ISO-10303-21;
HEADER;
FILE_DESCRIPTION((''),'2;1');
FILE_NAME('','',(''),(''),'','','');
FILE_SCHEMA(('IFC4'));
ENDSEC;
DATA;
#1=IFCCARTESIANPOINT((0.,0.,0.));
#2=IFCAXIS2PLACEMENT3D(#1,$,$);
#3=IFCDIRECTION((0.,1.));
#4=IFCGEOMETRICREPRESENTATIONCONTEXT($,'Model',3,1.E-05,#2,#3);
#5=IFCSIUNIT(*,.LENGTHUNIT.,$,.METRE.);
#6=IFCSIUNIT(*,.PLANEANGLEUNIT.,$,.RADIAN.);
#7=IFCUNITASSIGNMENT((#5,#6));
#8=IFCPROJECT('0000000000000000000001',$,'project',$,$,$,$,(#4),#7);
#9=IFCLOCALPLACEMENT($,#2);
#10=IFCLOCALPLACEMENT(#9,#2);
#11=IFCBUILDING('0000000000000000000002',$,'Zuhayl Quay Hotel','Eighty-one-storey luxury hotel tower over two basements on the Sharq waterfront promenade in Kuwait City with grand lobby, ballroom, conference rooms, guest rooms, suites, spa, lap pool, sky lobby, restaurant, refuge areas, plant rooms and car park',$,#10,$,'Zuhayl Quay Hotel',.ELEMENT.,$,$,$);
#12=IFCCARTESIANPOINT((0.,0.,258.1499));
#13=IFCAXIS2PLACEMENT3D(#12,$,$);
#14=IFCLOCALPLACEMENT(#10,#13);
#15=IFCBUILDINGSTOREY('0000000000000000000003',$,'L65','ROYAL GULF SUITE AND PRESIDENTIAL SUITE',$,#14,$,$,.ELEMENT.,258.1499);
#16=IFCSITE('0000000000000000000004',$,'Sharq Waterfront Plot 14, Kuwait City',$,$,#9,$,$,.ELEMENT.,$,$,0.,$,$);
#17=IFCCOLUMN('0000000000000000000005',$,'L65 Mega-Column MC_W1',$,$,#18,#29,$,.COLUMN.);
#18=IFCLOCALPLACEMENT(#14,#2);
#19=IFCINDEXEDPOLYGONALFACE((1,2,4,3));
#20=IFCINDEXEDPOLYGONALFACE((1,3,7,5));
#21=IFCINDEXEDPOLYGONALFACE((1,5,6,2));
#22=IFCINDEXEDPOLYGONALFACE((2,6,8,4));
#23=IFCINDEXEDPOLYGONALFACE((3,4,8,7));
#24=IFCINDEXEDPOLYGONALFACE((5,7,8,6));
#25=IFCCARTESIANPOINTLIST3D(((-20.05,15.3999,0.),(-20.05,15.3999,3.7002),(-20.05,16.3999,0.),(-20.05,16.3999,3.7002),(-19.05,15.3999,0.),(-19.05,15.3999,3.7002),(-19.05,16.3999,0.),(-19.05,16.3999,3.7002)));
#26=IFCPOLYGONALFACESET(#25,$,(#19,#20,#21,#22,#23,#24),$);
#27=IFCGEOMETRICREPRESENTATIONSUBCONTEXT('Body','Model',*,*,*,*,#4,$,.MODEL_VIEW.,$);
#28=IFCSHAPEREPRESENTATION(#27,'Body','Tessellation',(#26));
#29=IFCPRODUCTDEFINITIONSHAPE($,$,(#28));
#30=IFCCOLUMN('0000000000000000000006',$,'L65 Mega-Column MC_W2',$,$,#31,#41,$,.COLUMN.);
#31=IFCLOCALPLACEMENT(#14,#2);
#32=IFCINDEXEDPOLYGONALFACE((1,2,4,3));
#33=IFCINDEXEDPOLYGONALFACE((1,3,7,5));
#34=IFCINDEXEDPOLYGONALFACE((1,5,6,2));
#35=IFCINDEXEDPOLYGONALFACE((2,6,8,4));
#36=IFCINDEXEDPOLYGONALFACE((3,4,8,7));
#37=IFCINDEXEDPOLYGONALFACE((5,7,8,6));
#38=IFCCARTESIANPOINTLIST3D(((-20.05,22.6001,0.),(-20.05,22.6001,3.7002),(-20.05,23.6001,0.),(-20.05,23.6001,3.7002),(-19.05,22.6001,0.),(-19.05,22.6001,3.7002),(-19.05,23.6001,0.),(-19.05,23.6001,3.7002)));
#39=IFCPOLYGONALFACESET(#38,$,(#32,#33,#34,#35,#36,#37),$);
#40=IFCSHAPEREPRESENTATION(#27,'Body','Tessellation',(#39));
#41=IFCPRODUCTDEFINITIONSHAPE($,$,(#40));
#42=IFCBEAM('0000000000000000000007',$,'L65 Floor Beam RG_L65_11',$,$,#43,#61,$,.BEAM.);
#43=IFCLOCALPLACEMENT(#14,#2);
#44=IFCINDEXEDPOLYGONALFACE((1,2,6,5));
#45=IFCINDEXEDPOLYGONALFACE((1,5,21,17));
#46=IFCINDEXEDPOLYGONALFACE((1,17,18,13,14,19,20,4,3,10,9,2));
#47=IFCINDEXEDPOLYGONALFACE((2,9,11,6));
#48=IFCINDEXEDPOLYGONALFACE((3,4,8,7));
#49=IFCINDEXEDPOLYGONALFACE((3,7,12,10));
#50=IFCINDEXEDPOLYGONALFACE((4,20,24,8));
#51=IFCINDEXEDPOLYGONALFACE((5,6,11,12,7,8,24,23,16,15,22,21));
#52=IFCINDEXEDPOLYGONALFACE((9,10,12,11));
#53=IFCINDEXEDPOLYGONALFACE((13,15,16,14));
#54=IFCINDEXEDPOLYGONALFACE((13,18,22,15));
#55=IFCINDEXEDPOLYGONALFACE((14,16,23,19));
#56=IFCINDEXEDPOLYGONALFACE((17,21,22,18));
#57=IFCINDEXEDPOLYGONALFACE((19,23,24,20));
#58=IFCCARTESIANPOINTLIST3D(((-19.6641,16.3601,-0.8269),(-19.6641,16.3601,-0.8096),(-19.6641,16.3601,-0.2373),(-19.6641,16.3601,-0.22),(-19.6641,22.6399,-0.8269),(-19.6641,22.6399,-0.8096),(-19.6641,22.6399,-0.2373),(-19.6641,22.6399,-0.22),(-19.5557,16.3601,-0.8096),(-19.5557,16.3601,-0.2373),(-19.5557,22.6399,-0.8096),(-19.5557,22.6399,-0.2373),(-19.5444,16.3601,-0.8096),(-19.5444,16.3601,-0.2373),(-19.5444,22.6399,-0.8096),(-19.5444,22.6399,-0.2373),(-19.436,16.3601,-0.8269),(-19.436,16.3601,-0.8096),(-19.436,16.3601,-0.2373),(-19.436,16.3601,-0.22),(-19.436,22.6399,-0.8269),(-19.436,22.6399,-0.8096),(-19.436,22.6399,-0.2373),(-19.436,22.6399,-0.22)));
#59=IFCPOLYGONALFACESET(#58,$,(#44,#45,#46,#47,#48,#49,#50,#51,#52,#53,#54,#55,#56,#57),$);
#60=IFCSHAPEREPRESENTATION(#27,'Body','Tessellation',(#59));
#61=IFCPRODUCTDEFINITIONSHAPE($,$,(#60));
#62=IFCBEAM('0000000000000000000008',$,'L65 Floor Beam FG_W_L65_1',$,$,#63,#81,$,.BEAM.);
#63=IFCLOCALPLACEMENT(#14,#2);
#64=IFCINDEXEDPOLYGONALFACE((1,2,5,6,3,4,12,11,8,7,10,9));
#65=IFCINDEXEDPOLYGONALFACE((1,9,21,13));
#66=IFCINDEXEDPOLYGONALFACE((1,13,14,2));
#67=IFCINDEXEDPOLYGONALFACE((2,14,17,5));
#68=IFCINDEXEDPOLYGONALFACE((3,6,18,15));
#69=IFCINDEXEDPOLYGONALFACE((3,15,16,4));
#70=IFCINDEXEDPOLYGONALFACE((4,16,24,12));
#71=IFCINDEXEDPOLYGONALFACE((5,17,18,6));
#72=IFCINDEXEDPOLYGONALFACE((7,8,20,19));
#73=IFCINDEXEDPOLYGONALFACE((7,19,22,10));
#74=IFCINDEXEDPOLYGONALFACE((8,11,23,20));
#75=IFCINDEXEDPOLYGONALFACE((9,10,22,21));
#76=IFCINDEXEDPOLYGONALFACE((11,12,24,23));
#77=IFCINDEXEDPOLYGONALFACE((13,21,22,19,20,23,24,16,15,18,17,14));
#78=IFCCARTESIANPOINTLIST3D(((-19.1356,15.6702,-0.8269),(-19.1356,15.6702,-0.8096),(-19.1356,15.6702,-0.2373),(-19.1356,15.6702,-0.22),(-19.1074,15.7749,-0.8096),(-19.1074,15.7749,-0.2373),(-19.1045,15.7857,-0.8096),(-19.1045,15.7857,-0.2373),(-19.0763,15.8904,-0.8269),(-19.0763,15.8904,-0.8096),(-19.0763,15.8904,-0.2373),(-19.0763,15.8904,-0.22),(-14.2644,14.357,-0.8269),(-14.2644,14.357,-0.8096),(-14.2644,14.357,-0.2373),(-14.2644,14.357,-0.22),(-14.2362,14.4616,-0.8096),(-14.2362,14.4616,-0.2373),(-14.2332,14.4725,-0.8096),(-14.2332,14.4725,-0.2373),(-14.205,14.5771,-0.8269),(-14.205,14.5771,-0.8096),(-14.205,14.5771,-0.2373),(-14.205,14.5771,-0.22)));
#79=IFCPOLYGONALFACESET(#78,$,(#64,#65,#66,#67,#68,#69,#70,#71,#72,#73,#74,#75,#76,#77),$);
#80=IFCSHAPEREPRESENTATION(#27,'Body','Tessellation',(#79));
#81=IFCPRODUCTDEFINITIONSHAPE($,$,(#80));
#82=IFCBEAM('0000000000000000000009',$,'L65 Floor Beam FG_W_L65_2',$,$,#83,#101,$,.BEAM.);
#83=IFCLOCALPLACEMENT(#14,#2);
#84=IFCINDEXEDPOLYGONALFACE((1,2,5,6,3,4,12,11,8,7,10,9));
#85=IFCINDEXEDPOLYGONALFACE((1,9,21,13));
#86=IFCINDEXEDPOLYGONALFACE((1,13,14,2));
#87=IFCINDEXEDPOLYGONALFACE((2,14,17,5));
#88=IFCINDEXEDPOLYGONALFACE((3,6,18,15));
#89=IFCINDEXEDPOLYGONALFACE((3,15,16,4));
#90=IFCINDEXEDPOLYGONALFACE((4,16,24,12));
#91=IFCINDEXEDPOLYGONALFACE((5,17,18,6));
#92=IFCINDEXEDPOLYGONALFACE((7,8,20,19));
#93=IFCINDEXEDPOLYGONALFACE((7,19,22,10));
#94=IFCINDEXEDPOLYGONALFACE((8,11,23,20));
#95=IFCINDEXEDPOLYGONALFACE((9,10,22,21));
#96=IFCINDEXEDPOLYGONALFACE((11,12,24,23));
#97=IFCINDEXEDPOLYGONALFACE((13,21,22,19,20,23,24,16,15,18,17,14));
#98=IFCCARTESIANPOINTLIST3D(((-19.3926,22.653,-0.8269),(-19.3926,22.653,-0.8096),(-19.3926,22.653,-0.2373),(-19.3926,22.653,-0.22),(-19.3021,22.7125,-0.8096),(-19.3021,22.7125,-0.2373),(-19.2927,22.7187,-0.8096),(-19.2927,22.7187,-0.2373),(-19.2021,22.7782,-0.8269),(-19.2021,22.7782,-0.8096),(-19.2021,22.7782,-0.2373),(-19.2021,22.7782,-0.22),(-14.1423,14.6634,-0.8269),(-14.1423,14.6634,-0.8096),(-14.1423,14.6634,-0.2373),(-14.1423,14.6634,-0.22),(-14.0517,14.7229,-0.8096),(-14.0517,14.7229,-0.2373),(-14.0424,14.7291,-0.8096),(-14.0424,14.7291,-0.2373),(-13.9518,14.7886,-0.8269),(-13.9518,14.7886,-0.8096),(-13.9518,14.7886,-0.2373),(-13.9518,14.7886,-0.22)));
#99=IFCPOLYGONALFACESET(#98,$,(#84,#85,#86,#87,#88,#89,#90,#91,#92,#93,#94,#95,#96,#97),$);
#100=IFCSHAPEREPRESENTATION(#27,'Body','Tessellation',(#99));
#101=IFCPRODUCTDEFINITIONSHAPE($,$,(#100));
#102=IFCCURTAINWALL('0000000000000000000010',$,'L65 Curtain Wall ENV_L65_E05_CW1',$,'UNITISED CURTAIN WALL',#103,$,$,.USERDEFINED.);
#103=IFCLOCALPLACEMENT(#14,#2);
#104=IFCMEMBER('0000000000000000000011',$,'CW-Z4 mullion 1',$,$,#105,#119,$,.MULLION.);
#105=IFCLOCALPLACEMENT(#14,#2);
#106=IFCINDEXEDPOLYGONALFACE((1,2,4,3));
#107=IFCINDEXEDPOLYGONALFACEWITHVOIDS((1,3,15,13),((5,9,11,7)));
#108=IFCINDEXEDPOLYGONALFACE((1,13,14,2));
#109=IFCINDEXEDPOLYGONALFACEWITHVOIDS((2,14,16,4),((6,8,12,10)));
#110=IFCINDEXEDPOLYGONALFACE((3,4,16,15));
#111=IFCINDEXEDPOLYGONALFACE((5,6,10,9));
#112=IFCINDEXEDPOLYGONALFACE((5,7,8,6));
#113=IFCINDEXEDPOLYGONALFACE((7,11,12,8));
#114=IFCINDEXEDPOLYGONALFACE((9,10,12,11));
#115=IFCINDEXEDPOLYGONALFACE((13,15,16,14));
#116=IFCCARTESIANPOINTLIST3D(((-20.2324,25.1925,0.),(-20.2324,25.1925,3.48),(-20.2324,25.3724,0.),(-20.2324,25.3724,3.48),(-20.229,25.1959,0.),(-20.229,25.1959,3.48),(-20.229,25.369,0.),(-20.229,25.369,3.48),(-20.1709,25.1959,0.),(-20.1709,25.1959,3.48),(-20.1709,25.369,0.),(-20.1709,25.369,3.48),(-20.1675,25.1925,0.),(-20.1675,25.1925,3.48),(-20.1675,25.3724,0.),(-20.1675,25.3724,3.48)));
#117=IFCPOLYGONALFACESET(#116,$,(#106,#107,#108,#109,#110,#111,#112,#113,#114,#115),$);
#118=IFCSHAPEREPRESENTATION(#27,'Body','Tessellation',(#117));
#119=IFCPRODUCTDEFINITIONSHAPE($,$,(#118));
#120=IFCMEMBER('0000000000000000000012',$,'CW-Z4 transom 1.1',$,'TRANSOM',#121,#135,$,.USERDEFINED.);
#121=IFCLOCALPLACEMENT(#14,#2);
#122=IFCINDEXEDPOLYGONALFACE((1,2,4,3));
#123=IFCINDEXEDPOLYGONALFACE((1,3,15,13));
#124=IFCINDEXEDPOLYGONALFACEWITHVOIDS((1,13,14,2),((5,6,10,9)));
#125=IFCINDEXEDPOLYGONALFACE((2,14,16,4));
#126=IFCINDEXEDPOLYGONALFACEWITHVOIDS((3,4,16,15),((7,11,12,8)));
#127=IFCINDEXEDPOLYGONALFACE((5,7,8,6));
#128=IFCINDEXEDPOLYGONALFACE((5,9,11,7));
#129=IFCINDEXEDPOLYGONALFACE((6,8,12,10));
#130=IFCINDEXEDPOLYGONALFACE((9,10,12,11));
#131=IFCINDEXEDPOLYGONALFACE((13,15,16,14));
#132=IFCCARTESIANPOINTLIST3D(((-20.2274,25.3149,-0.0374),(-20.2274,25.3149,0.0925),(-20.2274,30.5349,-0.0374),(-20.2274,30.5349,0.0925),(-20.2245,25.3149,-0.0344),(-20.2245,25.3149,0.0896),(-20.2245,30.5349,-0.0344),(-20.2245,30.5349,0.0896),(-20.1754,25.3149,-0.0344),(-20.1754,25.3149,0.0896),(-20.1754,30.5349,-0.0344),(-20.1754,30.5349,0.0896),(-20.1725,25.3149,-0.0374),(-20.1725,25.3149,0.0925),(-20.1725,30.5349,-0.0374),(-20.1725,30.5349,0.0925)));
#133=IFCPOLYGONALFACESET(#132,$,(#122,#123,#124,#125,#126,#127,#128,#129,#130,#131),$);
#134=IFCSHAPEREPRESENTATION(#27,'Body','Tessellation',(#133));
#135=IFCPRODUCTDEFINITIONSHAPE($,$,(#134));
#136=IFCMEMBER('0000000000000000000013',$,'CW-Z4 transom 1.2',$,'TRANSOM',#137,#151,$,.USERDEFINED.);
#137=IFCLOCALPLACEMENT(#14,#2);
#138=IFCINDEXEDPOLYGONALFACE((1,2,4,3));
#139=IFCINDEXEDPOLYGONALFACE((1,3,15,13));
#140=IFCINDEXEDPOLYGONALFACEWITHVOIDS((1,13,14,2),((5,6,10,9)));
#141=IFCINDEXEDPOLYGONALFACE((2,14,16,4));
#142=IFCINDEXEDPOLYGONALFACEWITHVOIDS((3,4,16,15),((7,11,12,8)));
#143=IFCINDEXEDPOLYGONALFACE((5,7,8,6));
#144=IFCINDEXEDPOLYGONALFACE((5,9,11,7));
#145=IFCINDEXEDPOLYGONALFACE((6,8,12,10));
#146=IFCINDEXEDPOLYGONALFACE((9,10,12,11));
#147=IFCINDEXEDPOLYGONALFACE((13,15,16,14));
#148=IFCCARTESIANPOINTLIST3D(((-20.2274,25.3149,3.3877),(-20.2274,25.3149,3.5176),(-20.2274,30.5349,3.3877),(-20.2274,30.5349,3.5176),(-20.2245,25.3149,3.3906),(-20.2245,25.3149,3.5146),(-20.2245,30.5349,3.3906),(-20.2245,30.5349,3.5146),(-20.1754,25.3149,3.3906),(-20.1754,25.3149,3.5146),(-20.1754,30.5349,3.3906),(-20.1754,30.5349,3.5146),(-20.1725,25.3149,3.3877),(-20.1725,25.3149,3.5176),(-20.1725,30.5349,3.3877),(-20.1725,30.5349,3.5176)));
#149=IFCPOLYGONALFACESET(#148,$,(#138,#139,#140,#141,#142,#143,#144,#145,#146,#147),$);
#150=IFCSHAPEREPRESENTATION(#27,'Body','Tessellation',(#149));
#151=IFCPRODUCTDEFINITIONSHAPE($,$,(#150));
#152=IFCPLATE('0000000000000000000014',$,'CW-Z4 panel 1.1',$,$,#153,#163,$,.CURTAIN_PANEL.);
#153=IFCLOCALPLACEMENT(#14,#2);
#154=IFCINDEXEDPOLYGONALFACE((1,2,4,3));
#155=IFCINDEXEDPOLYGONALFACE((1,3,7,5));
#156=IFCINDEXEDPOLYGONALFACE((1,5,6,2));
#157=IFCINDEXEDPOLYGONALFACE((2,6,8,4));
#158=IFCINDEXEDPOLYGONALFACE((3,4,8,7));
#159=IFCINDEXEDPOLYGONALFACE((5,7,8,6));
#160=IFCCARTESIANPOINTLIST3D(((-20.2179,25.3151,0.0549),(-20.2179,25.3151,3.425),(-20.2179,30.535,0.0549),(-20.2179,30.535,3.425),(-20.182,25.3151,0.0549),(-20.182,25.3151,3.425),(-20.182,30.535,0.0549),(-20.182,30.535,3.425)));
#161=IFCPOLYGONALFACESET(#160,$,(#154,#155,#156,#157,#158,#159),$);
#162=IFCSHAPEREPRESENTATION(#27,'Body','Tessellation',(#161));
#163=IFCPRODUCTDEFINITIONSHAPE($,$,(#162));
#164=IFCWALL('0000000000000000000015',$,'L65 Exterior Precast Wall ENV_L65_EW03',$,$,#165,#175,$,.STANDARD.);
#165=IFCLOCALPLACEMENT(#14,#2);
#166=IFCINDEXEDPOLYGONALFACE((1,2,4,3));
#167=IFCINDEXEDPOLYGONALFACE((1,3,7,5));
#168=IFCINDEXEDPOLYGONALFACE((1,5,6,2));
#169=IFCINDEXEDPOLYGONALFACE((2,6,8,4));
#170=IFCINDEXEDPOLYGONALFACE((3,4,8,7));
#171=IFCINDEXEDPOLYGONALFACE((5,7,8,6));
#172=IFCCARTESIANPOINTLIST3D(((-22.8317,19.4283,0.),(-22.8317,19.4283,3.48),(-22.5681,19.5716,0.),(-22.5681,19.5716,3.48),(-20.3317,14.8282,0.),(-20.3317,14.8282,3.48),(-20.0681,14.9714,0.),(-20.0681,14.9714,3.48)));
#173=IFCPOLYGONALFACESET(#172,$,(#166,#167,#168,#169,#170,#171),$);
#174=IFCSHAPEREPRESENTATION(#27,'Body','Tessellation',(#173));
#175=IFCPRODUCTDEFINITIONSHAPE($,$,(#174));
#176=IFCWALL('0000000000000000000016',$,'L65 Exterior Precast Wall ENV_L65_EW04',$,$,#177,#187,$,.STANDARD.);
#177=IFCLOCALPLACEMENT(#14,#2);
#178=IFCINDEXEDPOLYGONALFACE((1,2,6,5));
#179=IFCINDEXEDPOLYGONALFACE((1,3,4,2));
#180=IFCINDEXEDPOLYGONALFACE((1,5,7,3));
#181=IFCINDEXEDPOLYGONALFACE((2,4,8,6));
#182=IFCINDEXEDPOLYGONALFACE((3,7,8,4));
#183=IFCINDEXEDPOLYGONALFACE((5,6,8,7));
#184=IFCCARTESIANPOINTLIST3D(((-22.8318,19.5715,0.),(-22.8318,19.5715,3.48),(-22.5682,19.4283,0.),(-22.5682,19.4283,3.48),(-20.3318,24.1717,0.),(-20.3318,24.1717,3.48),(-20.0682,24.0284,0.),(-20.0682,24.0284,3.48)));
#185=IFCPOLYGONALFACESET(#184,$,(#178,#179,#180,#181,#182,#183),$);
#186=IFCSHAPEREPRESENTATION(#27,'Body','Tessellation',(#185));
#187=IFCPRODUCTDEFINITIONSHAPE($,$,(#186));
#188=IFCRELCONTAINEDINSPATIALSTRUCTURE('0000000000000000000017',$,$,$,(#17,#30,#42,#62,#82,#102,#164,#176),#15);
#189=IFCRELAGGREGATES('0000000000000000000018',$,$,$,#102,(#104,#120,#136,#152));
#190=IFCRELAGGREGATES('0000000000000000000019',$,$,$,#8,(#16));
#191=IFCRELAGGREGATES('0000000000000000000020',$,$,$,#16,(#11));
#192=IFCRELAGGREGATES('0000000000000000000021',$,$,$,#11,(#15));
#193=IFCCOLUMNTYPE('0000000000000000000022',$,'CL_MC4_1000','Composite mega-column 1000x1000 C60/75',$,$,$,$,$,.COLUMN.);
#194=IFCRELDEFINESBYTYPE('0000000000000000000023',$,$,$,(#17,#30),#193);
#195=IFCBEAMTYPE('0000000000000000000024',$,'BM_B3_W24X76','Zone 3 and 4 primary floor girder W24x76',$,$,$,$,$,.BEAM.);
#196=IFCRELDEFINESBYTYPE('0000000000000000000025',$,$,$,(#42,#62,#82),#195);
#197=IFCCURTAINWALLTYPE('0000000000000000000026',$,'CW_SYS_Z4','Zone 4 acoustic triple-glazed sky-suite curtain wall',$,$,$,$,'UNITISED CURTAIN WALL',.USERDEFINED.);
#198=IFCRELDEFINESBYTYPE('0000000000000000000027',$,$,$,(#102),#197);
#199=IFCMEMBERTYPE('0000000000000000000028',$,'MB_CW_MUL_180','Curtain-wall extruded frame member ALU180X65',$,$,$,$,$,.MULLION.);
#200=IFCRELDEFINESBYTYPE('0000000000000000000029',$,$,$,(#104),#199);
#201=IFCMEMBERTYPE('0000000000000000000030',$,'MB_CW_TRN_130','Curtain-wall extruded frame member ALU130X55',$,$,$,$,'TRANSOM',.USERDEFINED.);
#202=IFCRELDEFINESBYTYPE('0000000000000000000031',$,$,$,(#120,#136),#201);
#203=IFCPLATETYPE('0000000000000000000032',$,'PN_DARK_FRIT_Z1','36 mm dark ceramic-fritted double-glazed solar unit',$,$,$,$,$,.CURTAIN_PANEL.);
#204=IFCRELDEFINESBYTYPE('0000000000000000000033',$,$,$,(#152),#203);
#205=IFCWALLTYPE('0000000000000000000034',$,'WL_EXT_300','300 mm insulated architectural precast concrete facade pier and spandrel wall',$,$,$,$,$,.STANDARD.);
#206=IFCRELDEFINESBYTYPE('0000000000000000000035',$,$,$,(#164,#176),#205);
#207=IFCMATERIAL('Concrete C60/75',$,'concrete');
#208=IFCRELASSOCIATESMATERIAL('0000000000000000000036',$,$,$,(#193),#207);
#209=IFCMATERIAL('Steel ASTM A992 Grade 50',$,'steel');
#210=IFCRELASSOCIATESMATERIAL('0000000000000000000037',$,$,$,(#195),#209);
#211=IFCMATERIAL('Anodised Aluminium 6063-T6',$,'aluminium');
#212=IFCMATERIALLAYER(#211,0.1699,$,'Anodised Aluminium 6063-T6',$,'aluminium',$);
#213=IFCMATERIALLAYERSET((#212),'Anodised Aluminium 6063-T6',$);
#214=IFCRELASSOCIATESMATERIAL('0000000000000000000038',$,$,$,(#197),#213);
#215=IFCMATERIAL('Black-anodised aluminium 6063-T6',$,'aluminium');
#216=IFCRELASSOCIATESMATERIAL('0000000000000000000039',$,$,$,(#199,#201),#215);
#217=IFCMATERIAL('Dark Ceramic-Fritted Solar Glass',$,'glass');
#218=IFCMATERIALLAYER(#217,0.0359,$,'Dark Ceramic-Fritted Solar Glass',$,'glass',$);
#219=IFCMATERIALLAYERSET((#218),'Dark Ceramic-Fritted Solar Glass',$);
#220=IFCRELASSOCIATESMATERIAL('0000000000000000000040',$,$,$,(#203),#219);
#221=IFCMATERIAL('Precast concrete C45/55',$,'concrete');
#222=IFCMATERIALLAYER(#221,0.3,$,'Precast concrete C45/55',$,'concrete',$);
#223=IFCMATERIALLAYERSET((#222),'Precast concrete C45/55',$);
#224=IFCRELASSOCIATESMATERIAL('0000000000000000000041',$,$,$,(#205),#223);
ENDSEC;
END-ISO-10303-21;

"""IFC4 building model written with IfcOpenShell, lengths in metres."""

from ifc_helpers import new_model, si_unit, direction, frame, frame_2d, origin, origin_2d, place, context, subcontext, project, spatial, rectangle, hollow_rectangle, i_section, extrude, material, layer, layer_set, material_profile, profile_set, type_object, element, aggregate, save


model = new_model("IFC4")

# Units and contexts
model_context = context("Model", 3, precision=1e-05, world=origin(), true_north=direction((0.0, 1.0)))
body_context = subcontext(model_context, "Body", "Model", "MODEL_VIEW")
ifc_project = project(units=[si_unit("LENGTHUNIT", "METRE"), si_unit("PLANEANGLEUNIT", "RADIAN")], contexts=[model_context])

# Site, building, storey
site_placement = place(None, origin())
site = spatial("IfcSite", under=ifc_project, at=site_placement, Name="Sharq Waterfront Plot 14, Kuwait City", CompositionType="ELEMENT", RefElevation=0.0)
building_placement = place(site_placement, origin())
building = spatial("IfcBuilding", under=site, at=building_placement, Name="Zuhayl Quay Hotel", Description="Eighty-one-storey luxury hotel tower over two basements on the Sharq waterfront promenade in Kuwait City with grand lobby, ballroom, conference rooms, guest rooms, suites, spa, lap pool, sky lobby, restaurant, refuge areas, plant rooms and car park", LongName="Zuhayl Quay Hotel", CompositionType="ELEMENT")
storey_placement = place(building_placement, frame((0.0, 0.0, 258.1499)))
storey = spatial("IfcBuildingStorey", under=building, at=storey_placement, Name="L65", Description="ROYAL GULF SUITE AND PRESIDENTIAL SUITE", CompositionType="ELEMENT", Elevation=258.1499)

# Columns
ifc_material_1 = material(Name="Concrete C60/75", Category="concrete")
ifc_material_profile_1 = material_profile(ifc_material_1, rectangle(XDim=1.0, YDim=1.0, at=origin_2d()), Name="RC1000X1000")
ifc_profile_set_1 = profile_set([ifc_material_profile_1], Name="Concrete C60/75")
column_type = type_object("IfcColumnType", Name="CL_MC4_1000", Description="Composite mega-column 1000x1000 C60/75", PredefinedType="COLUMN", material=ifc_profile_set_1)
for number, where, z_axis, x_axis, name in (
    (1, (-19.55, 15.8999, 0.0), (0.0, 0.0, 1.0), (1.0, 0.0, 0.0), "L65 Mega-Column MC_W1"),
    (2, (-19.55, 23.1001, 0.0), (0.0, 0.0, 1.0), (1.0, 0.0, 0.0), "L65 Mega-Column MC_W2"),
):
    element("IfcColumn", number, at=place(storey_placement, frame(where, z_axis=z_axis, x_axis=x_axis)), inside=storey, type_object=column_type, Name=name, PredefinedType="COLUMN", context=body_context, shape_type="SweptSolid", body=[
        extrude(rectangle(XDim=1.0, YDim=1.0, at=origin_2d()), origin(), (0.0, 0.0, 1.0), 3.7002),
    ])

# Beams
ifc_material_2 = material(Name="Steel ASTM A992 Grade 50", Category="steel")
ifc_material_profile_2 = material_profile(ifc_material_2, i_section(OverallWidth=0.228, OverallDepth=0.6069, WebThickness=0.0112, FlangeThickness=0.0173, at=origin_2d()), Name="W24X76")
ifc_profile_set_2 = profile_set([ifc_material_profile_2], Name="Steel ASTM A992 Grade 50")
beam_type = type_object("IfcBeamType", Name="BM_B3_W24X76", Description="Zone 3 and 4 primary floor girder W24x76", PredefinedType="BEAM", material=ifc_profile_set_2)
beam_1_placement = place(storey_placement, frame((-19.55, 22.6399, -0.5234), z_axis=(0.0, -1.0, 0.0), x_axis=(1.0, 0.0, 0.0)))
element("IfcBeam", 3, at=beam_1_placement, inside=storey, type_object=beam_type, Name="L65 Floor Beam RG_L65_11", PredefinedType="BEAM", context=body_context, shape_type="SweptSolid", body=[
    extrude(i_section(OverallWidth=0.228, OverallDepth=0.6069, WebThickness=0.0112, FlangeThickness=0.0173, at=origin_2d()), origin(), (0.0, 0.0, 1.0), 6.2798),
])
beam_2_placement = place(storey_placement, frame((-19.106, 15.7803, -0.5234), z_axis=(0.96553, -0.260291, 0.0), x_axis=(0.260291, 0.96553, 0.0)))
element("IfcBeam", 4, at=beam_2_placement, inside=storey, type_object=beam_type, Name="L65 Floor Beam FG_W_L65_1", PredefinedType="BEAM", context=body_context, shape_type="SweptSolid", body=[
    extrude(i_section(OverallWidth=0.228, OverallDepth=0.6069, WebThickness=0.0112, FlangeThickness=0.0173, at=origin_2d()), origin(), (0.0, 0.0, 1.0), 5.0452),
])
beam_3_placement = place(storey_placement, frame((-19.2974, 22.7156, -0.5234), z_axis=(0.549178, -0.835705, 0.0), x_axis=(0.835705, 0.549178, 0.0)))
element("IfcBeam", 5, at=beam_3_placement, inside=storey, type_object=beam_type, Name="L65 Floor Beam FG_W_L65_2", PredefinedType="BEAM", context=body_context, shape_type="SweptSolid", body=[
    extrude(i_section(OverallWidth=0.228, OverallDepth=0.6069, WebThickness=0.0112, FlangeThickness=0.0173, at=origin_2d()), origin(), (0.0, 0.0, 1.0), 9.5603),
])

# Curtain wall, members, plate
ifc_material_3 = material(Name="Anodised Aluminium 6063-T6", Category="aluminium")
ifc_layer_1 = layer(ifc_material_3, 0.1699, Name="Anodised Aluminium 6063-T6", Category="aluminium")
ifc_layer_set_1 = layer_set([ifc_layer_1], Name="Anodised Aluminium 6063-T6")
curtain_wall_type = type_object("IfcCurtainWallType", Name="CW_SYS_Z4", Description="Zone 4 acoustic triple-glazed sky-suite curtain wall", ElementType="UNITISED CURTAIN WALL", PredefinedType="USERDEFINED", material=ifc_layer_set_1)
curtain_wall_placement = place(storey_placement, origin())
curtain_wall = element("IfcCurtainWall", 6, at=curtain_wall_placement, inside=storey, type_object=curtain_wall_type, Name="L65 Curtain Wall ENV_L65_E05_CW1", ObjectType="UNITISED CURTAIN WALL", PredefinedType="USERDEFINED")
ifc_material_4 = material(Name="Black-anodised aluminium 6063-T6", Category="aluminium")
ifc_material_profile_3 = material_profile(ifc_material_4, hollow_rectangle(XDim=0.0649, YDim=0.1799, WallThickness=0.0034, at=origin_2d()), Name="ALU180X65")
ifc_profile_set_3 = profile_set([ifc_material_profile_3], Name="Black-anodised aluminium 6063-T6")
member_type_1 = type_object("IfcMemberType", Name="MB_CW_MUL_180", Description="Curtain-wall extruded frame member ALU180X65", PredefinedType="MULLION", material=ifc_profile_set_3)
member_1_placement = place(storey_placement, frame((-20.2, 25.2825, 0.0), z_axis=(0.0, 0.0, 1.0), x_axis=(-1.0, 0.0, 0.0)))
member_1 = element("IfcMember", 7, at=member_1_placement, type_object=member_type_1, Name="CW-Z4 mullion 1", PredefinedType="MULLION", context=body_context, shape_type="SweptSolid", body=[
    extrude(hollow_rectangle(XDim=0.0649, YDim=0.1799, WallThickness=0.0034, at=origin_2d()), origin(), (0.0, 0.0, 1.0), 3.48),
])
ifc_material_profile_4 = material_profile(ifc_material_4, hollow_rectangle(XDim=0.0549, YDim=0.1299, WallThickness=0.0029, at=origin_2d()), Name="ALU130X55")
ifc_profile_set_4 = profile_set([ifc_material_profile_4], Name="Black-anodised aluminium 6063-T6")
member_type_2 = type_object("IfcMemberType", Name="MB_CW_TRN_130", Description="Curtain-wall extruded frame member ALU130X55", ElementType="TRANSOM", PredefinedType="USERDEFINED", material=ifc_profile_set_4)
member_2_placement = place(storey_placement, frame((-20.2, 25.3149, 0.0276), z_axis=(0.0, 1.0, 0.0), x_axis=(-1.0, 0.0, 0.0)))
member_2 = element("IfcMember", 8, at=member_2_placement, type_object=member_type_2, Name="CW-Z4 transom 1.1", ObjectType="TRANSOM", PredefinedType="USERDEFINED", context=body_context, shape_type="SweptSolid", body=[
    extrude(hollow_rectangle(XDim=0.0549, YDim=0.1299, WallThickness=0.0029, at=origin_2d()), origin(), (0.0, 0.0, 1.0), 5.22),
])
member_3_placement = place(storey_placement, frame((-20.2, 25.3149, 3.4526), z_axis=(0.0, 1.0, 0.0), x_axis=(-1.0, 0.0, 0.0)))
member_3 = element("IfcMember", 9, at=member_3_placement, type_object=member_type_2, Name="CW-Z4 transom 1.2", ObjectType="TRANSOM", PredefinedType="USERDEFINED", context=body_context, shape_type="SweptSolid", body=[
    extrude(hollow_rectangle(XDim=0.0549, YDim=0.1299, WallThickness=0.0029, at=origin_2d()), origin(), (0.0, 0.0, 1.0), 5.22),
])
ifc_material_5 = material(Name="Dark Ceramic-Fritted Solar Glass", Category="glass")
ifc_layer_2 = layer(ifc_material_5, 0.0359, Name="Dark Ceramic-Fritted Solar Glass", Category="glass")
ifc_layer_set_2 = layer_set([ifc_layer_2], Name="Dark Ceramic-Fritted Solar Glass")
plate_type = type_object("IfcPlateType", Name="PN_DARK_FRIT_Z1", Description="36 mm dark ceramic-fritted double-glazed solar unit", PredefinedType="CURTAIN_PANEL", material=ifc_layer_set_2)
plate_placement = place(storey_placement, frame((-20.2, 27.925, 0.0549), z_axis=(0.0, 0.0, 1.0), x_axis=(0.0, 1.0, 0.0)))
plate = element("IfcPlate", 10, at=plate_placement, type_object=plate_type, Name="CW-Z4 panel 1.1", PredefinedType="CURTAIN_PANEL", context=body_context, shape_type="SweptSolid", body=[
    extrude(rectangle(XDim=5.22, YDim=0.0359, at=origin_2d()), origin(), (0.0, 0.0, 1.0), 3.3701),
])
aggregate(curtain_wall, [member_1, member_2, member_3, plate])

# Walls
ifc_material_6 = material(Name="Precast concrete C45/55", Category="concrete")
ifc_layer_3 = layer(ifc_material_6, 0.3, Name="Precast concrete C45/55", Category="concrete")
ifc_layer_set_3 = layer_set([ifc_layer_3], Name="Precast concrete C45/55")
wall_type_1 = type_object("IfcWallType", Name="WL_EXT_300", Description="300 mm insulated architectural precast concrete facade pier and spandrel wall", PredefinedType="STANDARD", material=ifc_layer_set_3)
for number, where, z_axis, x_axis, name in (
    (11, (-20.2, 14.8999, 0.0), (0.0, 0.0, 1.0), (-0.477505, 0.878629, 0.0), "L65 Exterior Precast Wall ENV_L65_EW03"),
    (12, (-22.7, 19.5, 0.0), (0.0, 0.0, 1.0), (0.477505, 0.878629, 0.0), "L65 Exterior Precast Wall ENV_L65_EW04"),
):
    element("IfcWall", number, at=place(storey_placement, frame(where, z_axis=z_axis, x_axis=x_axis)), inside=storey, type_object=wall_type_1, Name=name, PredefinedType="STANDARD", context=body_context, shape_type="SweptSolid", body=[
        extrude(rectangle(XDim=5.2356, YDim=0.3, at=frame_2d((2.6177, 0.0))), origin(), (0.0, 0.0, 1.0), 3.48),
    ])

save(model, "model.ifc")
